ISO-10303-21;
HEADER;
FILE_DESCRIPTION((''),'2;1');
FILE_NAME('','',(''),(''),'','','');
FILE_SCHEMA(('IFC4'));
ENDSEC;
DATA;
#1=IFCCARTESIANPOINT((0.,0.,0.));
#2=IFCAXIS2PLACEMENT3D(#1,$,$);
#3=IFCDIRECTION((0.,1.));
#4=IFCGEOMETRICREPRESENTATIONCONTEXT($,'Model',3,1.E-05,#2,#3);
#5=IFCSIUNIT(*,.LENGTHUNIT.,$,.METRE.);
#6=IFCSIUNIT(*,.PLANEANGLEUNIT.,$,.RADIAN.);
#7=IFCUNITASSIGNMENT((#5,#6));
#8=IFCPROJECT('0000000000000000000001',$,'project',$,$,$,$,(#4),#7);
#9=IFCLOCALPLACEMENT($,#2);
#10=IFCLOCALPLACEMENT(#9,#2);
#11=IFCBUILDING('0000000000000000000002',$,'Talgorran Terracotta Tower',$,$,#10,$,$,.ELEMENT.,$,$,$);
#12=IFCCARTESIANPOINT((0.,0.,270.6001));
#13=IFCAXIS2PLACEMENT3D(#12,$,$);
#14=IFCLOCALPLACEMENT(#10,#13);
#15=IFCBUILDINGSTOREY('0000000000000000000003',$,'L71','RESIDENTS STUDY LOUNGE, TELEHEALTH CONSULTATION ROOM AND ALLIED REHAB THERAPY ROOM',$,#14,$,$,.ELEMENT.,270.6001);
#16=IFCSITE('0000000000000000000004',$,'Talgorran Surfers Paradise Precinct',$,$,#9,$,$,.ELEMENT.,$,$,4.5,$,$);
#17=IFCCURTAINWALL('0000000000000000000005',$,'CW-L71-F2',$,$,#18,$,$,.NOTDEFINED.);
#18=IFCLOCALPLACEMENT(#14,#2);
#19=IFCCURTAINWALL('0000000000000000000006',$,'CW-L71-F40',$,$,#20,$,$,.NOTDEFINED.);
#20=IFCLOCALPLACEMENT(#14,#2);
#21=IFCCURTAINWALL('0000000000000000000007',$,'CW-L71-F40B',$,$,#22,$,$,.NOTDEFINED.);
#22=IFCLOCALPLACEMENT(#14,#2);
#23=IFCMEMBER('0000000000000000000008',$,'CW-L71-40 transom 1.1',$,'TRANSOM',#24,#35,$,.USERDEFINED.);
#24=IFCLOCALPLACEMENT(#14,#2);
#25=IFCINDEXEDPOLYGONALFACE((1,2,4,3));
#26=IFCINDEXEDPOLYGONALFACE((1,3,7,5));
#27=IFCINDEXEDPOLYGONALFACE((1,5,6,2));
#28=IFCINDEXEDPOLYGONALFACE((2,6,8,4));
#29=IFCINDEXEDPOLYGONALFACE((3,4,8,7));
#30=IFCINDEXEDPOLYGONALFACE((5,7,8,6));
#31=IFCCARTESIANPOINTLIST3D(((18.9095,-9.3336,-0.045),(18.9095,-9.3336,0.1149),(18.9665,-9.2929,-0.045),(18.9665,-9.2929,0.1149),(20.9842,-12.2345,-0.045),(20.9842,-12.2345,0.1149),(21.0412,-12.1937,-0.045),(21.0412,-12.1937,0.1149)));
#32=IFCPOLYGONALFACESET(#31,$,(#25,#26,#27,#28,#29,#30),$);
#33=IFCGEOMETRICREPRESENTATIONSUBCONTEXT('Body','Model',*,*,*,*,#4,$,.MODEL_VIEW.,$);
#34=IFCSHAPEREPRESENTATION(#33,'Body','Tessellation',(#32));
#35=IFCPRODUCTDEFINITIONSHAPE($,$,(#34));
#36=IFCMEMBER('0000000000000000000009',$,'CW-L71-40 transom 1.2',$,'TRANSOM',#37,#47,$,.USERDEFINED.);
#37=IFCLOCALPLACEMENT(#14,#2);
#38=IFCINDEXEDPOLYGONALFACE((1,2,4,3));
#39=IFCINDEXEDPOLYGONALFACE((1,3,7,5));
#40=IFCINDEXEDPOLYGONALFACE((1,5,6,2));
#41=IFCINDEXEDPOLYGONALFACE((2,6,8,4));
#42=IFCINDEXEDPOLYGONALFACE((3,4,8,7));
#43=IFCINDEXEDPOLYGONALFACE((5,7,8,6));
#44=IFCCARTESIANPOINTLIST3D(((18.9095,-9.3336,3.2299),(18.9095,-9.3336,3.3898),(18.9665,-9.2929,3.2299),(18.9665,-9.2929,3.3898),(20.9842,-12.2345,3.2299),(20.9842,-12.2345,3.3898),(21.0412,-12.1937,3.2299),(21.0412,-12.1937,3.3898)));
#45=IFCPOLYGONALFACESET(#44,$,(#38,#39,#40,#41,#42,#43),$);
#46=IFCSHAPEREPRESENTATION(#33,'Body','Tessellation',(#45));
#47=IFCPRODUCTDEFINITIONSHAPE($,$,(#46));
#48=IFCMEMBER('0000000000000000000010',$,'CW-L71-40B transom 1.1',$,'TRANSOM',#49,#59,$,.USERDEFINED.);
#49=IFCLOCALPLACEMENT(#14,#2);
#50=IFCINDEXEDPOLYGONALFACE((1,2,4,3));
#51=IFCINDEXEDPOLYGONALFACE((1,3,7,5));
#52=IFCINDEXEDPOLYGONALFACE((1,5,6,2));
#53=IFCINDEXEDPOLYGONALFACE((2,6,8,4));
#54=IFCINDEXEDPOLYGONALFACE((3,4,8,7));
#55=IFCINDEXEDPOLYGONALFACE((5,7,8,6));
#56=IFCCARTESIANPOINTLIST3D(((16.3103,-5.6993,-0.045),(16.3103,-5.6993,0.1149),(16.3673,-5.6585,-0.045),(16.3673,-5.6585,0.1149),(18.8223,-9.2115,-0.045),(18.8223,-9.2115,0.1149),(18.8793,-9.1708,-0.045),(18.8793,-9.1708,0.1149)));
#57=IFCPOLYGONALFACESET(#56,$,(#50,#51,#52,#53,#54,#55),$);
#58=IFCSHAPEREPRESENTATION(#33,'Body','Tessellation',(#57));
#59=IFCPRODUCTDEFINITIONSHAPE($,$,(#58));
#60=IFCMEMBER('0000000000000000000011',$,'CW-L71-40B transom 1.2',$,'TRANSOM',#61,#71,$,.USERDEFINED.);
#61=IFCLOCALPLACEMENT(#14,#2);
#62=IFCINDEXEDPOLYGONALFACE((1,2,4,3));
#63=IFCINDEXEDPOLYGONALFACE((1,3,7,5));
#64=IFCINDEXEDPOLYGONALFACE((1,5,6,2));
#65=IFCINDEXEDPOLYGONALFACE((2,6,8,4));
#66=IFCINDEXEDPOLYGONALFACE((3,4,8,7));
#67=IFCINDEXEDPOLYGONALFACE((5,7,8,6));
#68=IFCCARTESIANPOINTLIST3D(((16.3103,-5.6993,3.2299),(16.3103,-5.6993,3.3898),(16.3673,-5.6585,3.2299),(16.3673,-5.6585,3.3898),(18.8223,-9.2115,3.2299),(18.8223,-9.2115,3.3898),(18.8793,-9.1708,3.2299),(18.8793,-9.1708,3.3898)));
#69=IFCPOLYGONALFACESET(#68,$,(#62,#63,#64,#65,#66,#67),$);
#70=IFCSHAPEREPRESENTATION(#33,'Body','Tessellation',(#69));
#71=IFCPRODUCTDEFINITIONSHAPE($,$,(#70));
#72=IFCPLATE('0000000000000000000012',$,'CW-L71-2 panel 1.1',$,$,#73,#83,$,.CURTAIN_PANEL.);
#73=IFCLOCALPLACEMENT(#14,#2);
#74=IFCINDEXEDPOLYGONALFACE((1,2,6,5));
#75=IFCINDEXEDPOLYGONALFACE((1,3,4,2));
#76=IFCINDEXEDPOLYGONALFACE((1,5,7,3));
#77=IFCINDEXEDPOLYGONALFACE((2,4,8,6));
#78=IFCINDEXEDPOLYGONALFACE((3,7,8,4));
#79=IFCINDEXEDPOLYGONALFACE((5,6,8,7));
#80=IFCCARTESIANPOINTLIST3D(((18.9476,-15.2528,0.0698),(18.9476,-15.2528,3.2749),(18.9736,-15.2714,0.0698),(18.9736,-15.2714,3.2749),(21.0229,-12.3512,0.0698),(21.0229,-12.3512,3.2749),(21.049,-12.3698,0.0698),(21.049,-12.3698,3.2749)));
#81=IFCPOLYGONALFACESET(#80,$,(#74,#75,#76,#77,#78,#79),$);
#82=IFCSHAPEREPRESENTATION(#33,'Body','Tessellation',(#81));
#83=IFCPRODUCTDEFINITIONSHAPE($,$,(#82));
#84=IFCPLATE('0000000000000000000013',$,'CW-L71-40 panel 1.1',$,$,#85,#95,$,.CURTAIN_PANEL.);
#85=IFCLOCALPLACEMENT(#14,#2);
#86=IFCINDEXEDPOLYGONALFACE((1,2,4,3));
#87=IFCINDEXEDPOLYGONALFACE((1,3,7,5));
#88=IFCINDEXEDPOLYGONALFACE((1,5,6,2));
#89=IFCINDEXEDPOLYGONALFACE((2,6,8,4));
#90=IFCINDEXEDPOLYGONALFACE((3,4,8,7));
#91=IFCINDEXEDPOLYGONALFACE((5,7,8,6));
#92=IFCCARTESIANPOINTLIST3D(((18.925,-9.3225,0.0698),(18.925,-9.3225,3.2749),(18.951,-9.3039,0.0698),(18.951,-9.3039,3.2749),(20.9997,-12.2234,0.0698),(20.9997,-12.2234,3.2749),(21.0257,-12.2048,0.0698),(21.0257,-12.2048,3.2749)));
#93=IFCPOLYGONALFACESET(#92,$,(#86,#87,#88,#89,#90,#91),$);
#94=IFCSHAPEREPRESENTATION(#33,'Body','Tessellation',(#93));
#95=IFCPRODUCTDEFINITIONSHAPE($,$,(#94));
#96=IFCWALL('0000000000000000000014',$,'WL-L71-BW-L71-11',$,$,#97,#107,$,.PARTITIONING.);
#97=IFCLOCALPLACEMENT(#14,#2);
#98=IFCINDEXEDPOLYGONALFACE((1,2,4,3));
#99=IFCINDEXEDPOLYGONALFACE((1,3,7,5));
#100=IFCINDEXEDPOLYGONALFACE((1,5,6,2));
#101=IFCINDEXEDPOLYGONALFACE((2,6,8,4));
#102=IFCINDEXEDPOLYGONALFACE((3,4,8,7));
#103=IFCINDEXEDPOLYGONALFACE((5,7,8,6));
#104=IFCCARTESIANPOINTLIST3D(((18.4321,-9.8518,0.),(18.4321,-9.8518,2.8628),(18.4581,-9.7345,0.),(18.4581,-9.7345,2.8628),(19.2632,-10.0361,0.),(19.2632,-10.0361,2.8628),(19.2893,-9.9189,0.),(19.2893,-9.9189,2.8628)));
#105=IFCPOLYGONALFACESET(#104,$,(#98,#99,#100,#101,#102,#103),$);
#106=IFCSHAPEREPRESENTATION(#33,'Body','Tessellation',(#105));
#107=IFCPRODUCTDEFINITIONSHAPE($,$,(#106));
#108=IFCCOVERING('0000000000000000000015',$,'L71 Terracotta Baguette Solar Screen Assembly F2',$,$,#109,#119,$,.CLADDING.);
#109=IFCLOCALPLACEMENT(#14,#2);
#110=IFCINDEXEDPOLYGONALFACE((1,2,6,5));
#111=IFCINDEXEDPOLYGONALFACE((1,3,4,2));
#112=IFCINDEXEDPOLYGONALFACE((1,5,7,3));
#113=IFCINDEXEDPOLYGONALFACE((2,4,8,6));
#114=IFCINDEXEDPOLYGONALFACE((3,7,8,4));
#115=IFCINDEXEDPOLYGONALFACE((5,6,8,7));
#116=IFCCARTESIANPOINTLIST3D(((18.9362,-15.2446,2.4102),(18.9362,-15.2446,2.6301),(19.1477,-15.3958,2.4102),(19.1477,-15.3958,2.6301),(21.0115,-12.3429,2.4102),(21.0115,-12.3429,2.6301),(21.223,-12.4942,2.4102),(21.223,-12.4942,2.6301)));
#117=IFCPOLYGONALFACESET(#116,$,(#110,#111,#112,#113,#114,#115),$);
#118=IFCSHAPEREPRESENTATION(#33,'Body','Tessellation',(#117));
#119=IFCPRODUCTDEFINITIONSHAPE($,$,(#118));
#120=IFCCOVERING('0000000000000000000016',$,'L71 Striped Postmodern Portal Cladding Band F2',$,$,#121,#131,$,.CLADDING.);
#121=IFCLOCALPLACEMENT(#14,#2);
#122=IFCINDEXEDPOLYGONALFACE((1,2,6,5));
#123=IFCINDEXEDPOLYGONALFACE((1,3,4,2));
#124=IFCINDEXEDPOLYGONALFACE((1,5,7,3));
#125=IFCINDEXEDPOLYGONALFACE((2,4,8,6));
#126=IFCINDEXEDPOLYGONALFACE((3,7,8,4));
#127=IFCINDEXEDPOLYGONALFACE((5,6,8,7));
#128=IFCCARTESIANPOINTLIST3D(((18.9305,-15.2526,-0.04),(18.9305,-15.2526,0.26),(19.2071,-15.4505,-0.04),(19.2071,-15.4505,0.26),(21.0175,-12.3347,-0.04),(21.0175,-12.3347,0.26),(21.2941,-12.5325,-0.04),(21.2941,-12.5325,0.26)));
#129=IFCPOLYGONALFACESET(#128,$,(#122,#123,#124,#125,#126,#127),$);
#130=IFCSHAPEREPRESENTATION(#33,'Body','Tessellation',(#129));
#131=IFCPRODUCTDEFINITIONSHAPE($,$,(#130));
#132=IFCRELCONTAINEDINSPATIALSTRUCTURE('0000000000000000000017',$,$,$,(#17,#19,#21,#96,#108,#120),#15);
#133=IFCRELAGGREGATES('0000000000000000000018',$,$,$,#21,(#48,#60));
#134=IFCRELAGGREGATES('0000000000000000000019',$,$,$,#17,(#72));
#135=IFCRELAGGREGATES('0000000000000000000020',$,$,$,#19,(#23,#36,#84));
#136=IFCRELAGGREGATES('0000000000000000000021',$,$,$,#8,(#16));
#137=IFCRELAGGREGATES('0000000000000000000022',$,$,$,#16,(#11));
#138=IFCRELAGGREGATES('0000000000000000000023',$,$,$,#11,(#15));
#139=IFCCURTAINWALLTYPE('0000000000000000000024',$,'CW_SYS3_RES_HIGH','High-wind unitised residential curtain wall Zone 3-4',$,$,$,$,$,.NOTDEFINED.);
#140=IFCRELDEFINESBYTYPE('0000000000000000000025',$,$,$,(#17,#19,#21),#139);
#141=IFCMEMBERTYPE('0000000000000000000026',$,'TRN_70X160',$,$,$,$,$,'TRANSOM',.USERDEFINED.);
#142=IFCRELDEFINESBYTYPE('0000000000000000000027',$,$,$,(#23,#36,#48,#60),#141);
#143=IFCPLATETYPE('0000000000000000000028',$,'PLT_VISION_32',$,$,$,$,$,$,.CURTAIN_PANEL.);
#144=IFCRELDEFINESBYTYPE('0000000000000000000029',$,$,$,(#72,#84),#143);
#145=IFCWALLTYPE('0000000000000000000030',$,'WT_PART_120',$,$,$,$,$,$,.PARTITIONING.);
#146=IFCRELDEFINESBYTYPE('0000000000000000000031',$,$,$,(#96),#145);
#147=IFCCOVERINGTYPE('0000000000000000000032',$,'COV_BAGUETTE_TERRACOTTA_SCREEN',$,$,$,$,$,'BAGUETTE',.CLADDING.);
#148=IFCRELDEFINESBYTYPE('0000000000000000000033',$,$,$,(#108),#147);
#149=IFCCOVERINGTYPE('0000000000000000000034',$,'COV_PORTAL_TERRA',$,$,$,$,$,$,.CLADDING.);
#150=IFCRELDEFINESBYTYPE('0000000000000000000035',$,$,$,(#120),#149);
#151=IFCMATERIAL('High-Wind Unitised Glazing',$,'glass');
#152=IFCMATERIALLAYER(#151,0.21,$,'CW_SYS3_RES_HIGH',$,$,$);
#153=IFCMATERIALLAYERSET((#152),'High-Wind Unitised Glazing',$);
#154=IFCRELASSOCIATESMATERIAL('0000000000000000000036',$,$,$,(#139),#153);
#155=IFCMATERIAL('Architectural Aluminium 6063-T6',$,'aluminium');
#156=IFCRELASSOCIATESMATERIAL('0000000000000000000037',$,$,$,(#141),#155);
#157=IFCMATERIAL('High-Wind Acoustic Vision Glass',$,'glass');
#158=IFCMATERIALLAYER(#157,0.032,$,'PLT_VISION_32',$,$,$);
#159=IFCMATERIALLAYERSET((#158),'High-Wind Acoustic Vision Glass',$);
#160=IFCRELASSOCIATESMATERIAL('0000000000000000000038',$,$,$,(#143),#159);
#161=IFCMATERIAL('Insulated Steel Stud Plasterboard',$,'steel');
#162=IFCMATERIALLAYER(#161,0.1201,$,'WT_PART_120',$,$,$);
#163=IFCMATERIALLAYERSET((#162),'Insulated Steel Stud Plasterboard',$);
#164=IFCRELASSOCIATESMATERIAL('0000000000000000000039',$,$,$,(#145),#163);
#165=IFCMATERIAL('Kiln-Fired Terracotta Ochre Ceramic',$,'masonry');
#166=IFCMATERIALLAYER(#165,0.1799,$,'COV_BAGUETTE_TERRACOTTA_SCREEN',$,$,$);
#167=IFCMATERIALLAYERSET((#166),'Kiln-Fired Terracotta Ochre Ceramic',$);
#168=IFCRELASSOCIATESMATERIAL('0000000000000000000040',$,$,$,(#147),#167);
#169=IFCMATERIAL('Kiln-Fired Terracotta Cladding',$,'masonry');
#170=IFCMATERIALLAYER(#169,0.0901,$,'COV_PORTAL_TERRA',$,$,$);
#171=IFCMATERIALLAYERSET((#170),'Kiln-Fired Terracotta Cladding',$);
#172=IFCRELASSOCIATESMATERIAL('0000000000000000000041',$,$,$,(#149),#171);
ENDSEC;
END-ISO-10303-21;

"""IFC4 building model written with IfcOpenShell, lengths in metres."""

from ifc_helpers import new_model, si_unit, direction, frame, frame_2d, origin, origin_2d, place, context, subcontext, project, spatial, rectangle, extrude, source, transform, mapped, material, layer, layer_set, material_profile, profile_set, type_object, type_shapes, element, aggregate, save


model = new_model("IFC4")

# Units and contexts
model_context = context("Model", 3, precision=1e-05, world=origin(), true_north=direction((0.0, 1.0)))
body_context = subcontext(model_context, "Body", "Model", "MODEL_VIEW")
ifc_project = project(units=[si_unit("LENGTHUNIT", "METRE"), si_unit("PLANEANGLEUNIT", "RADIAN")], contexts=[model_context])

# Site, building, storey
site_placement = place(None, origin())
site = spatial("IfcSite", under=ifc_project, at=site_placement, Name="Talgorran Surfers Paradise Precinct", CompositionType="ELEMENT", RefElevation=4.5)
building_placement = place(site_placement, origin())
building = spatial("IfcBuilding", under=site, at=building_placement, Name="Talgorran Terracotta Tower", CompositionType="ELEMENT")
storey_placement = place(building_placement, frame((0.0, 0.0, 270.6001)))
storey = spatial("IfcBuildingStorey", under=building, at=storey_placement, Name="L71", Description="RESIDENTS STUDY LOUNGE, TELEHEALTH CONSULTATION ROOM AND ALLIED REHAB THERAPY ROOM", CompositionType="ELEMENT", Elevation=270.6001)

# Shared definitions
ifc_material_1 = material(Name="High-Wind Unitised Glazing", Category="glass")
ifc_layer_1 = layer(ifc_material_1, 0.21, Name="CW_SYS3_RES_HIGH")
ifc_layer_set_1 = layer_set([ifc_layer_1], Name="High-Wind Unitised Glazing")
curtain_wall_type = type_object("IfcCurtainWallType", Name="CW_SYS3_RES_HIGH", Description="High-wind unitised residential curtain wall Zone 3-4", PredefinedType="NOTDEFINED", material=ifc_layer_set_1)
ifc_material_2 = material(Name="Architectural Aluminium 6063-T6", Category="aluminium")

# Curtain walls
curtain_wall_1_placement = place(storey_placement, origin())
curtain_wall_1 = element("IfcCurtainWall", 1, at=curtain_wall_1_placement, inside=storey, type_object=curtain_wall_type, Name="CW-L71-F2", PredefinedType="NOTDEFINED")
curtain_wall_2_placement = place(storey_placement, origin())
curtain_wall_2 = element("IfcCurtainWall", 2, at=curtain_wall_2_placement, inside=storey, type_object=curtain_wall_type, Name="CW-L71-F40", PredefinedType="NOTDEFINED")

# Curtain wall
curtain_wall_3_placement = place(storey_placement, origin())
curtain_wall_3 = element("IfcCurtainWall", 3, at=curtain_wall_3_placement, inside=storey, type_object=curtain_wall_type, Name="CW-L71-F40B", PredefinedType="NOTDEFINED")

# Members
ifc_material_profile_1 = material_profile(ifc_material_2, rectangle(XDim=0.0701, YDim=0.1599, at=origin_2d()), Name="CWT70X160")
ifc_profile_set_1 = profile_set([ifc_material_profile_1], Name="Architectural Aluminium 6063-T6")
member_type_1 = type_object("IfcMemberType", Name="TRN_70X160", ElementType="TRANSOM", PredefinedType="USERDEFINED", material=ifc_profile_set_1)
member_1_placement = place(storey_placement, frame((21.0127, -12.2141, 0.0349), z_axis=(-0.58173, 0.813382, 0.0), x_axis=(-0.813382, -0.58173, 0.0)))
member_1 = element("IfcMember", 4, at=member_1_placement, type_object=member_type_1, Name="CW-L71-40 transom 1.1", ObjectType="TRANSOM", PredefinedType="USERDEFINED", context=body_context, shape_type="SweptSolid", body=[
    extrude(rectangle(XDim=0.0701, YDim=0.1599, at=origin_2d()), origin(), (0.0, 0.0, 1.0), 3.5664),
])
member_2_placement = place(storey_placement, frame((21.0127, -12.2141, 3.3098), z_axis=(-0.58173, 0.813382, 0.0), x_axis=(-0.813382, -0.58173, 0.0)))
member_2 = element("IfcMember", 5, at=member_2_placement, type_object=member_type_1, Name="CW-L71-40 transom 1.2", ObjectType="TRANSOM", PredefinedType="USERDEFINED", context=body_context, shape_type="SweptSolid", body=[
    extrude(rectangle(XDim=0.0701, YDim=0.1599, at=origin_2d()), origin(), (0.0, 0.0, 1.0), 3.5664),
])
member_3_placement = place(storey_placement, frame((18.8508, -9.1912, 0.0349), z_axis=(-0.581735, 0.813378, 0.0), x_axis=(-0.813378, -0.581735, 0.0)))
member_3 = element("IfcMember", 6, at=member_3_placement, type_object=member_type_1, Name="CW-L71-40B transom 1.1", ObjectType="TRANSOM", PredefinedType="USERDEFINED", context=body_context, shape_type="SweptSolid", body=[
    extrude(rectangle(XDim=0.0701, YDim=0.1599, at=origin_2d()), origin(), (0.0, 0.0, 1.0), 4.3181),
])
member_4_placement = place(storey_placement, frame((18.8508, -9.1912, 3.3098), z_axis=(-0.581735, 0.813378, 0.0), x_axis=(-0.813378, -0.581735, 0.0)))
member_4 = element("IfcMember", 7, at=member_4_placement, type_object=member_type_1, Name="CW-L71-40B transom 1.2", ObjectType="TRANSOM", PredefinedType="USERDEFINED", context=body_context, shape_type="SweptSolid", body=[
    extrude(rectangle(XDim=0.0701, YDim=0.1599, at=origin_2d()), origin(), (0.0, 0.0, 1.0), 4.3181),
])
aggregate(curtain_wall_3, [member_3, member_4])

# Plates
ifc_material_3 = material(Name="High-Wind Acoustic Vision Glass", Category="glass")
ifc_layer_2 = layer(ifc_material_3, 0.032, Name="PLT_VISION_32")
ifc_layer_set_2 = layer_set([ifc_layer_2], Name="High-Wind Acoustic Vision Glass")
plate_type = type_object("IfcPlateType", Name="PLT_VISION_32", PredefinedType="CURTAIN_PANEL", material=ifc_layer_set_2)
shared_shape_1 = source(origin(), body_context, "Body", "SweptSolid", [
    extrude(rectangle(XDim=3.5674, YDim=0.032, at=origin_2d()), origin(), (0.0, 0.0, 1.0), 3.2051),
])
plate_1_placement = place(storey_placement, frame((19.9983, -13.8113, 0.0698), z_axis=(0.0, 0.0, 1.0), x_axis=(0.581746, 0.813371, 0.0)))
plate_1 = element("IfcPlate", 8, at=plate_1_placement, type_object=plate_type, Name="CW-L71-2 panel 1.1", PredefinedType="CURTAIN_PANEL", context=body_context, shape_type="MappedRepresentation", body=[
    mapped(shared_shape_1, transform((0.0, 0.0, 0.0), scale=1.0)),
])
aggregate(curtain_wall_1, [plate_1])
shared_shape_2 = source(origin(), body_context, "Body", "SweptSolid", [
    extrude(rectangle(XDim=3.5664, YDim=0.032, at=origin_2d()), origin(), (0.0, 0.0, 1.0), 3.2051),
])
type_shapes(plate_type, [shared_shape_1, shared_shape_2])
plate_2_placement = place(storey_placement, frame((19.9753, -10.7637, 0.0698), z_axis=(0.0, 0.0, 1.0), x_axis=(-0.581728, 0.813383, 0.0)))
plate_2 = element("IfcPlate", 9, at=plate_2_placement, type_object=plate_type, Name="CW-L71-40 panel 1.1", PredefinedType="CURTAIN_PANEL", context=body_context, shape_type="MappedRepresentation", body=[
    mapped(shared_shape_2, transform((0.0, 0.0, 0.0), scale=1.0)),
])
aggregate(curtain_wall_2, [member_1, member_2, plate_2])

# Wall
ifc_material_4 = material(Name="Insulated Steel Stud Plasterboard", Category="steel")
ifc_layer_3 = layer(ifc_material_4, 0.1201, Name="WT_PART_120")
ifc_layer_set_3 = layer_set([ifc_layer_3], Name="Insulated Steel Stud Plasterboard")
wall_type = type_object("IfcWallType", Name="WT_PART_120", PredefinedType="PARTITIONING", material=ifc_layer_set_3)
wall_placement = place(storey_placement, frame((19.2764, -9.9775, 0.0), z_axis=(0.0, 0.0, 1.0), x_axis=(-0.976275, 0.216536, 0.0)))
element("IfcWall", 10, at=wall_placement, inside=storey, type_object=wall_type, Name="WL-L71-BW-L71-11", PredefinedType="PARTITIONING", context=body_context, shape_type="SweptSolid", body=[
    extrude(rectangle(XDim=0.8513, YDim=0.1201, at=frame_2d((0.4258, 0.0))), origin(), (0.0, 0.0, 1.0), 2.8628),
])

# Coverings
ifc_material_5 = material(Name="Kiln-Fired Terracotta Ochre Ceramic", Category="masonry")
ifc_layer_4 = layer(ifc_material_5, 0.1799, Name="COV_BAGUETTE_TERRACOTTA_SCREEN")
ifc_layer_set_4 = layer_set([ifc_layer_4], Name="Kiln-Fired Terracotta Ochre Ceramic")
covering_type_1 = type_object("IfcCoveringType", Name="COV_BAGUETTE_TERRACOTTA_SCREEN", ElementType="BAGUETTE", PredefinedType="CLADDING", material=ifc_layer_set_4)
covering_1_placement = place(storey_placement, frame((20.0796, -13.8694, 2.4102), z_axis=(0.0, 0.0, 1.0), x_axis=(0.58174, 0.813375, 0.0)))
element("IfcCovering", 11, at=covering_1_placement, inside=storey, type_object=covering_type_1, Name="L71 Terracotta Baguette Solar Screen Assembly F2", PredefinedType="CLADDING", context=body_context, shape_type="SweptSolid", body=[
    extrude(rectangle(XDim=3.5674, YDim=0.26, at=origin_2d()), origin(), (0.0, 0.0, 1.0), 0.22),
])
ifc_material_6 = material(Name="Kiln-Fired Terracotta Cladding", Category="masonry")
ifc_layer_5 = layer(ifc_material_6, 0.0901, Name="COV_PORTAL_TERRA")
ifc_layer_set_5 = layer_set([ifc_layer_5], Name="Kiln-Fired Terracotta Cladding")
covering_type_2 = type_object("IfcCoveringType", Name="COV_PORTAL_TERRA", PredefinedType="CLADDING", material=ifc_layer_set_5)
covering_2_placement = place(storey_placement, frame((20.1123, -13.8926, -0.04), z_axis=(0.0, 0.0, 1.0), x_axis=(0.58174, 0.813375, 0.0)))
element("IfcCovering", 12, at=covering_2_placement, inside=storey, type_object=covering_type_2, Name="L71 Striped Postmodern Portal Cladding Band F2", PredefinedType="CLADDING", context=body_context, shape_type="SweptSolid", body=[
    extrude(rectangle(XDim=3.5874, YDim=0.3401, at=origin_2d()), origin(), (0.0, 0.0, 1.0), 0.3),
])

save(model, "model.ifc")
